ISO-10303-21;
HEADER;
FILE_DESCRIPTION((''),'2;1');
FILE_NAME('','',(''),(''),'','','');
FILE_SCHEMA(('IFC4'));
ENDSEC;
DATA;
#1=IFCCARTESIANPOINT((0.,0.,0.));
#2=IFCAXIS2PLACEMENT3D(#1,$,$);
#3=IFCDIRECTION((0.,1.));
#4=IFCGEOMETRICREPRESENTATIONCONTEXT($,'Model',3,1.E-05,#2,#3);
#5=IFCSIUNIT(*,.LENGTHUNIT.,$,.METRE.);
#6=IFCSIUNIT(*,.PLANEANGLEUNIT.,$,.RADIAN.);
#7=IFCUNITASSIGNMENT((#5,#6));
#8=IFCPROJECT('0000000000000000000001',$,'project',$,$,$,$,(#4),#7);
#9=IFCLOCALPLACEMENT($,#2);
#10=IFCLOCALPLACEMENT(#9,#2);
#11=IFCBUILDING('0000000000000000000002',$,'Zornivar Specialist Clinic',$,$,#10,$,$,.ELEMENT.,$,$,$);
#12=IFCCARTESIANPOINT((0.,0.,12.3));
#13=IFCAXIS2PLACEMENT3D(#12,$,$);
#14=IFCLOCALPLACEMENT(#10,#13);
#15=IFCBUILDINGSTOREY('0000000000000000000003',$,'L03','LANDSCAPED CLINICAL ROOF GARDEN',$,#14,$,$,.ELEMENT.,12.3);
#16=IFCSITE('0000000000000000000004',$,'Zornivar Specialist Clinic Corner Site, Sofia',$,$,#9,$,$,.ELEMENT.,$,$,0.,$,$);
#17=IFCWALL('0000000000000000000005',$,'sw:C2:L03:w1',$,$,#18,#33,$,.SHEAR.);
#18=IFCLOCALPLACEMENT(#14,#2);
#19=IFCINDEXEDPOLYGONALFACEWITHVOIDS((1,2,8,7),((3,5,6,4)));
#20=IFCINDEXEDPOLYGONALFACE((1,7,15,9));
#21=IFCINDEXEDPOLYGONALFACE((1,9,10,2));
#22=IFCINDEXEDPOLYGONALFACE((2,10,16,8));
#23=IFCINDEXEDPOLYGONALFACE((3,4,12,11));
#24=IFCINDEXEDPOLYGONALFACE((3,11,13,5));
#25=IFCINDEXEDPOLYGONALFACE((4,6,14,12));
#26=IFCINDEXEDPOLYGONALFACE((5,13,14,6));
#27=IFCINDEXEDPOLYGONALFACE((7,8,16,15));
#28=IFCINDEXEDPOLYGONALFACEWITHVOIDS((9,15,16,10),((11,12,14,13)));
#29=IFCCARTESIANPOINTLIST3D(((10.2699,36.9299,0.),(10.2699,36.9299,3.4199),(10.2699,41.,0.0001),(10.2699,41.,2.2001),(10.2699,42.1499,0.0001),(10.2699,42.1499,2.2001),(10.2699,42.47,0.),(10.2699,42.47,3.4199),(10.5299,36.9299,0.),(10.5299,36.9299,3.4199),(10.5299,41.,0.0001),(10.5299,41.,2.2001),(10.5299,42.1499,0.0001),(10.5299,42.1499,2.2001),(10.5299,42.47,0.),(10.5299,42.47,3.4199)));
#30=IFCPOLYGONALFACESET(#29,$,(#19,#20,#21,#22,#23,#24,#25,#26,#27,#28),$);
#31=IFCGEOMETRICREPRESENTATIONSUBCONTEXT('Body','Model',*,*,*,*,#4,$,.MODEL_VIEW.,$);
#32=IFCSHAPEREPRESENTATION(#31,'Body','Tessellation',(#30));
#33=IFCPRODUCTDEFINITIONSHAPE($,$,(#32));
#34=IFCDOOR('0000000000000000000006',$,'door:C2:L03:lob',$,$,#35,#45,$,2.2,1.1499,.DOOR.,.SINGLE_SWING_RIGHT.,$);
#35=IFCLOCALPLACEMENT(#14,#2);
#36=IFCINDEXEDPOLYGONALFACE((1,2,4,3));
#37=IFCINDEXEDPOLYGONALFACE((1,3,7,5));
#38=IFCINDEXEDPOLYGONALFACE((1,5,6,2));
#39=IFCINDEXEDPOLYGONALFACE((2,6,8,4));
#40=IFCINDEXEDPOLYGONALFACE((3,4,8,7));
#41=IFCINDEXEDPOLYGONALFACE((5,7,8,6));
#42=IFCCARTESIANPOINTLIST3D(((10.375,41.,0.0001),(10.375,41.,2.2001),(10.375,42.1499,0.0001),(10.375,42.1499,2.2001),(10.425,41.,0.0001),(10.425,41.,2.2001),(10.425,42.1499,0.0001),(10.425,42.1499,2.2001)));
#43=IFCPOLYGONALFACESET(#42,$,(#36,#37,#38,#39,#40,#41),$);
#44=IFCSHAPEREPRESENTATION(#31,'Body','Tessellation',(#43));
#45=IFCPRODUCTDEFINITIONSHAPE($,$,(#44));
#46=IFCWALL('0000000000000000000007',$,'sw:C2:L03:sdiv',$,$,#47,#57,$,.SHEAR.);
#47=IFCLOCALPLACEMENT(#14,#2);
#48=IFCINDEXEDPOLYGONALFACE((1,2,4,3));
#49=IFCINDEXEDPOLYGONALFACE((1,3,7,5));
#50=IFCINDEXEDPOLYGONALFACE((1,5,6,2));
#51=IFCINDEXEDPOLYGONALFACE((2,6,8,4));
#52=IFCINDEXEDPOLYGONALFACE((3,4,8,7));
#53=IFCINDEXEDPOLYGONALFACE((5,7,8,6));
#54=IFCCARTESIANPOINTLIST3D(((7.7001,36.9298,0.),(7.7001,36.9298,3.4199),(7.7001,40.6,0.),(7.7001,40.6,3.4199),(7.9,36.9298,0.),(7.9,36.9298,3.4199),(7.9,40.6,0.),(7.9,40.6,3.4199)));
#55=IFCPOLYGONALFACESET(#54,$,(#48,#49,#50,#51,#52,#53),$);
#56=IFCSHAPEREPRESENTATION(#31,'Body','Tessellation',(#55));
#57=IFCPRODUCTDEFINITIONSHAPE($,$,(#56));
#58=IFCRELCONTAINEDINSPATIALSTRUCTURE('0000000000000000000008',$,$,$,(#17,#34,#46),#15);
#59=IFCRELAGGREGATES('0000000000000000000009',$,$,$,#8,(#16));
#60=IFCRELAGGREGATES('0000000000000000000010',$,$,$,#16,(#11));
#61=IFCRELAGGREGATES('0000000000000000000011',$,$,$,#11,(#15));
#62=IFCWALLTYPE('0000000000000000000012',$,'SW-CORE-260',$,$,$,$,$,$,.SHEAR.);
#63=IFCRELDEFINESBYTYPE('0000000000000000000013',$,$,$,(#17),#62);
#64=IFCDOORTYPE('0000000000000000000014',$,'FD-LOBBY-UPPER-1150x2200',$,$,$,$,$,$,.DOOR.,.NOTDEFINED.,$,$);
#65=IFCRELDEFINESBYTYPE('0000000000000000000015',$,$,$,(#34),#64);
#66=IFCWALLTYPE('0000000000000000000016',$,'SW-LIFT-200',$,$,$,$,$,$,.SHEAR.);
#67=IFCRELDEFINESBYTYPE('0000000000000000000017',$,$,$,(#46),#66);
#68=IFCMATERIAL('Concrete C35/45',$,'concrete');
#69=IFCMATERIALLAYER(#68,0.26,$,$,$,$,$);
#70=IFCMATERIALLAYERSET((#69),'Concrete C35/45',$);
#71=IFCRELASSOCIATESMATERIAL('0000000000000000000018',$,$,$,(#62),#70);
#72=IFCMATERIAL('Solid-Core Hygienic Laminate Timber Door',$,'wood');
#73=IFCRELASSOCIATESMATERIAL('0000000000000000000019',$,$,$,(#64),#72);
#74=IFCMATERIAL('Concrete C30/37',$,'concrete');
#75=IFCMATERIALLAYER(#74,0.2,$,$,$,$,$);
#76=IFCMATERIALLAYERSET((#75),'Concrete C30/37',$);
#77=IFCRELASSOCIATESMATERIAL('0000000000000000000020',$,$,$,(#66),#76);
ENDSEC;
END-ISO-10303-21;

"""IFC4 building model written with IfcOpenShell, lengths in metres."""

from ifc_helpers import new_model, si_unit, direction, frame, frame_2d, origin, place, context, subcontext, project, spatial, rectangle, extrude, material, layer, layer_set, type_object, element, fill, save


model = new_model("IFC4")

# Units and contexts
model_context = context("Model", 3, precision=1e-05, world=origin(), true_north=direction((0.0, 1.0)))
body_context = subcontext(model_context, "Body", "Model", "MODEL_VIEW")
ifc_project = project(units=[si_unit("LENGTHUNIT", "METRE"), si_unit("PLANEANGLEUNIT", "RADIAN")], contexts=[model_context])

# Site, building, storey
site_placement = place(None, origin())
site = spatial("IfcSite", under=ifc_project, at=site_placement, Name="Zornivar Specialist Clinic Corner Site, Sofia", CompositionType="ELEMENT", RefElevation=0.0)
building_placement = place(site_placement, origin())
building = spatial("IfcBuilding", under=site, at=building_placement, Name="Zornivar Specialist Clinic", CompositionType="ELEMENT")
storey_placement = place(building_placement, frame((0.0, 0.0, 12.3)))
storey = spatial("IfcBuildingStorey", under=building, at=storey_placement, Name="L03", Description="LANDSCAPED CLINICAL ROOF GARDEN", CompositionType="ELEMENT", Elevation=12.3)

# Wall, opening, door
ifc_material_1 = material(Name="Concrete C35/45", Category="concrete")
ifc_layer_1 = layer(ifc_material_1, 0.26)
ifc_layer_set_1 = layer_set([ifc_layer_1], Name="Concrete C35/45")
wall_type_1 = type_object("IfcWallType", Name="SW-CORE-260", PredefinedType="SHEAR", material=ifc_layer_set_1)
wall_1_placement = place(storey_placement, frame((10.3999, 36.9299, 0.0), z_axis=(0.0, 0.0, 1.0), x_axis=(0.0, 1.0, 0.0)))
wall_1 = element("IfcWall", 1, at=wall_1_placement, inside=storey, type_object=wall_type_1, Name="sw:C2:L03:w1", PredefinedType="SHEAR", context=body_context, shape_type="SweptSolid", body=[
    extrude(rectangle(XDim=5.54, YDim=0.26, at=frame_2d((2.77, 0.0))), origin(), (0.0, 0.0, 1.0), 3.4199),
])
opening_1_placement = place(wall_1_placement, frame((4.0701, 0.0, 0.0)))
opening_1 = element("IfcOpeningElement", 2, at=opening_1_placement, cuts=wall_1, PredefinedType="OPENING", context=body_context, shape_type="SweptSolid", body=[
    extrude(rectangle(XDim=1.1499, YDim=2.2, at=frame_2d((0.575, 1.1001))), frame((0.0, 0.1399, 0.0), z_axis=(0.0, -1.0, 0.0), x_axis=(1.0, 0.0, 0.0)), (0.0, 0.0, 1.0), 0.28),
])
ifc_material_2 = material(Name="Solid-Core Hygienic Laminate Timber Door", Category="wood")
door_type_1 = type_object("IfcDoorType", Name="FD-LOBBY-UPPER-1150x2200", OperationType="NOTDEFINED", PredefinedType="DOOR", material=ifc_material_2)
door_1_placement = place(opening_1_placement, origin())
door_1 = element("IfcDoor", 3, at=door_1_placement, inside=storey, type_object=door_type_1, Name="door:C2:L03:lob", OperationType="SINGLE_SWING_RIGHT", OverallHeight=2.2, OverallWidth=1.1499, PredefinedType="DOOR", context=body_context, shape_type="SweptSolid", body=[
    extrude(rectangle(XDim=1.1499, YDim=2.2, at=frame_2d((0.575, 1.1001))), frame((0.0, 0.0249, 0.0), z_axis=(0.0, -1.0, 0.0), x_axis=(1.0, 0.0, 0.0)), (0.0, 0.0, 1.0), 0.05),
])
fill(opening_1, door_1)

# Wall
ifc_material_3 = material(Name="Concrete C30/37", Category="concrete")
ifc_layer_2 = layer(ifc_material_3, 0.2)
ifc_layer_set_2 = layer_set([ifc_layer_2], Name="Concrete C30/37")
wall_type_2 = type_object("IfcWallType", Name="SW-LIFT-200", PredefinedType="SHEAR", material=ifc_layer_set_2)
wall_2_placement = place(storey_placement, frame((7.8, 36.9299, 0.0), z_axis=(0.0, 0.0, 1.0), x_axis=(0.0, 1.0, 0.0)))
element("IfcWall", 4, at=wall_2_placement, inside=storey, type_object=wall_type_2, Name="sw:C2:L03:sdiv", PredefinedType="SHEAR", context=body_context, shape_type="SweptSolid", body=[
    extrude(rectangle(XDim=3.6702, YDim=0.2, at=frame_2d((1.835, 0.0))), origin(), (0.0, 0.0, 1.0), 3.4199),
])

save(model, "model.ifc")
